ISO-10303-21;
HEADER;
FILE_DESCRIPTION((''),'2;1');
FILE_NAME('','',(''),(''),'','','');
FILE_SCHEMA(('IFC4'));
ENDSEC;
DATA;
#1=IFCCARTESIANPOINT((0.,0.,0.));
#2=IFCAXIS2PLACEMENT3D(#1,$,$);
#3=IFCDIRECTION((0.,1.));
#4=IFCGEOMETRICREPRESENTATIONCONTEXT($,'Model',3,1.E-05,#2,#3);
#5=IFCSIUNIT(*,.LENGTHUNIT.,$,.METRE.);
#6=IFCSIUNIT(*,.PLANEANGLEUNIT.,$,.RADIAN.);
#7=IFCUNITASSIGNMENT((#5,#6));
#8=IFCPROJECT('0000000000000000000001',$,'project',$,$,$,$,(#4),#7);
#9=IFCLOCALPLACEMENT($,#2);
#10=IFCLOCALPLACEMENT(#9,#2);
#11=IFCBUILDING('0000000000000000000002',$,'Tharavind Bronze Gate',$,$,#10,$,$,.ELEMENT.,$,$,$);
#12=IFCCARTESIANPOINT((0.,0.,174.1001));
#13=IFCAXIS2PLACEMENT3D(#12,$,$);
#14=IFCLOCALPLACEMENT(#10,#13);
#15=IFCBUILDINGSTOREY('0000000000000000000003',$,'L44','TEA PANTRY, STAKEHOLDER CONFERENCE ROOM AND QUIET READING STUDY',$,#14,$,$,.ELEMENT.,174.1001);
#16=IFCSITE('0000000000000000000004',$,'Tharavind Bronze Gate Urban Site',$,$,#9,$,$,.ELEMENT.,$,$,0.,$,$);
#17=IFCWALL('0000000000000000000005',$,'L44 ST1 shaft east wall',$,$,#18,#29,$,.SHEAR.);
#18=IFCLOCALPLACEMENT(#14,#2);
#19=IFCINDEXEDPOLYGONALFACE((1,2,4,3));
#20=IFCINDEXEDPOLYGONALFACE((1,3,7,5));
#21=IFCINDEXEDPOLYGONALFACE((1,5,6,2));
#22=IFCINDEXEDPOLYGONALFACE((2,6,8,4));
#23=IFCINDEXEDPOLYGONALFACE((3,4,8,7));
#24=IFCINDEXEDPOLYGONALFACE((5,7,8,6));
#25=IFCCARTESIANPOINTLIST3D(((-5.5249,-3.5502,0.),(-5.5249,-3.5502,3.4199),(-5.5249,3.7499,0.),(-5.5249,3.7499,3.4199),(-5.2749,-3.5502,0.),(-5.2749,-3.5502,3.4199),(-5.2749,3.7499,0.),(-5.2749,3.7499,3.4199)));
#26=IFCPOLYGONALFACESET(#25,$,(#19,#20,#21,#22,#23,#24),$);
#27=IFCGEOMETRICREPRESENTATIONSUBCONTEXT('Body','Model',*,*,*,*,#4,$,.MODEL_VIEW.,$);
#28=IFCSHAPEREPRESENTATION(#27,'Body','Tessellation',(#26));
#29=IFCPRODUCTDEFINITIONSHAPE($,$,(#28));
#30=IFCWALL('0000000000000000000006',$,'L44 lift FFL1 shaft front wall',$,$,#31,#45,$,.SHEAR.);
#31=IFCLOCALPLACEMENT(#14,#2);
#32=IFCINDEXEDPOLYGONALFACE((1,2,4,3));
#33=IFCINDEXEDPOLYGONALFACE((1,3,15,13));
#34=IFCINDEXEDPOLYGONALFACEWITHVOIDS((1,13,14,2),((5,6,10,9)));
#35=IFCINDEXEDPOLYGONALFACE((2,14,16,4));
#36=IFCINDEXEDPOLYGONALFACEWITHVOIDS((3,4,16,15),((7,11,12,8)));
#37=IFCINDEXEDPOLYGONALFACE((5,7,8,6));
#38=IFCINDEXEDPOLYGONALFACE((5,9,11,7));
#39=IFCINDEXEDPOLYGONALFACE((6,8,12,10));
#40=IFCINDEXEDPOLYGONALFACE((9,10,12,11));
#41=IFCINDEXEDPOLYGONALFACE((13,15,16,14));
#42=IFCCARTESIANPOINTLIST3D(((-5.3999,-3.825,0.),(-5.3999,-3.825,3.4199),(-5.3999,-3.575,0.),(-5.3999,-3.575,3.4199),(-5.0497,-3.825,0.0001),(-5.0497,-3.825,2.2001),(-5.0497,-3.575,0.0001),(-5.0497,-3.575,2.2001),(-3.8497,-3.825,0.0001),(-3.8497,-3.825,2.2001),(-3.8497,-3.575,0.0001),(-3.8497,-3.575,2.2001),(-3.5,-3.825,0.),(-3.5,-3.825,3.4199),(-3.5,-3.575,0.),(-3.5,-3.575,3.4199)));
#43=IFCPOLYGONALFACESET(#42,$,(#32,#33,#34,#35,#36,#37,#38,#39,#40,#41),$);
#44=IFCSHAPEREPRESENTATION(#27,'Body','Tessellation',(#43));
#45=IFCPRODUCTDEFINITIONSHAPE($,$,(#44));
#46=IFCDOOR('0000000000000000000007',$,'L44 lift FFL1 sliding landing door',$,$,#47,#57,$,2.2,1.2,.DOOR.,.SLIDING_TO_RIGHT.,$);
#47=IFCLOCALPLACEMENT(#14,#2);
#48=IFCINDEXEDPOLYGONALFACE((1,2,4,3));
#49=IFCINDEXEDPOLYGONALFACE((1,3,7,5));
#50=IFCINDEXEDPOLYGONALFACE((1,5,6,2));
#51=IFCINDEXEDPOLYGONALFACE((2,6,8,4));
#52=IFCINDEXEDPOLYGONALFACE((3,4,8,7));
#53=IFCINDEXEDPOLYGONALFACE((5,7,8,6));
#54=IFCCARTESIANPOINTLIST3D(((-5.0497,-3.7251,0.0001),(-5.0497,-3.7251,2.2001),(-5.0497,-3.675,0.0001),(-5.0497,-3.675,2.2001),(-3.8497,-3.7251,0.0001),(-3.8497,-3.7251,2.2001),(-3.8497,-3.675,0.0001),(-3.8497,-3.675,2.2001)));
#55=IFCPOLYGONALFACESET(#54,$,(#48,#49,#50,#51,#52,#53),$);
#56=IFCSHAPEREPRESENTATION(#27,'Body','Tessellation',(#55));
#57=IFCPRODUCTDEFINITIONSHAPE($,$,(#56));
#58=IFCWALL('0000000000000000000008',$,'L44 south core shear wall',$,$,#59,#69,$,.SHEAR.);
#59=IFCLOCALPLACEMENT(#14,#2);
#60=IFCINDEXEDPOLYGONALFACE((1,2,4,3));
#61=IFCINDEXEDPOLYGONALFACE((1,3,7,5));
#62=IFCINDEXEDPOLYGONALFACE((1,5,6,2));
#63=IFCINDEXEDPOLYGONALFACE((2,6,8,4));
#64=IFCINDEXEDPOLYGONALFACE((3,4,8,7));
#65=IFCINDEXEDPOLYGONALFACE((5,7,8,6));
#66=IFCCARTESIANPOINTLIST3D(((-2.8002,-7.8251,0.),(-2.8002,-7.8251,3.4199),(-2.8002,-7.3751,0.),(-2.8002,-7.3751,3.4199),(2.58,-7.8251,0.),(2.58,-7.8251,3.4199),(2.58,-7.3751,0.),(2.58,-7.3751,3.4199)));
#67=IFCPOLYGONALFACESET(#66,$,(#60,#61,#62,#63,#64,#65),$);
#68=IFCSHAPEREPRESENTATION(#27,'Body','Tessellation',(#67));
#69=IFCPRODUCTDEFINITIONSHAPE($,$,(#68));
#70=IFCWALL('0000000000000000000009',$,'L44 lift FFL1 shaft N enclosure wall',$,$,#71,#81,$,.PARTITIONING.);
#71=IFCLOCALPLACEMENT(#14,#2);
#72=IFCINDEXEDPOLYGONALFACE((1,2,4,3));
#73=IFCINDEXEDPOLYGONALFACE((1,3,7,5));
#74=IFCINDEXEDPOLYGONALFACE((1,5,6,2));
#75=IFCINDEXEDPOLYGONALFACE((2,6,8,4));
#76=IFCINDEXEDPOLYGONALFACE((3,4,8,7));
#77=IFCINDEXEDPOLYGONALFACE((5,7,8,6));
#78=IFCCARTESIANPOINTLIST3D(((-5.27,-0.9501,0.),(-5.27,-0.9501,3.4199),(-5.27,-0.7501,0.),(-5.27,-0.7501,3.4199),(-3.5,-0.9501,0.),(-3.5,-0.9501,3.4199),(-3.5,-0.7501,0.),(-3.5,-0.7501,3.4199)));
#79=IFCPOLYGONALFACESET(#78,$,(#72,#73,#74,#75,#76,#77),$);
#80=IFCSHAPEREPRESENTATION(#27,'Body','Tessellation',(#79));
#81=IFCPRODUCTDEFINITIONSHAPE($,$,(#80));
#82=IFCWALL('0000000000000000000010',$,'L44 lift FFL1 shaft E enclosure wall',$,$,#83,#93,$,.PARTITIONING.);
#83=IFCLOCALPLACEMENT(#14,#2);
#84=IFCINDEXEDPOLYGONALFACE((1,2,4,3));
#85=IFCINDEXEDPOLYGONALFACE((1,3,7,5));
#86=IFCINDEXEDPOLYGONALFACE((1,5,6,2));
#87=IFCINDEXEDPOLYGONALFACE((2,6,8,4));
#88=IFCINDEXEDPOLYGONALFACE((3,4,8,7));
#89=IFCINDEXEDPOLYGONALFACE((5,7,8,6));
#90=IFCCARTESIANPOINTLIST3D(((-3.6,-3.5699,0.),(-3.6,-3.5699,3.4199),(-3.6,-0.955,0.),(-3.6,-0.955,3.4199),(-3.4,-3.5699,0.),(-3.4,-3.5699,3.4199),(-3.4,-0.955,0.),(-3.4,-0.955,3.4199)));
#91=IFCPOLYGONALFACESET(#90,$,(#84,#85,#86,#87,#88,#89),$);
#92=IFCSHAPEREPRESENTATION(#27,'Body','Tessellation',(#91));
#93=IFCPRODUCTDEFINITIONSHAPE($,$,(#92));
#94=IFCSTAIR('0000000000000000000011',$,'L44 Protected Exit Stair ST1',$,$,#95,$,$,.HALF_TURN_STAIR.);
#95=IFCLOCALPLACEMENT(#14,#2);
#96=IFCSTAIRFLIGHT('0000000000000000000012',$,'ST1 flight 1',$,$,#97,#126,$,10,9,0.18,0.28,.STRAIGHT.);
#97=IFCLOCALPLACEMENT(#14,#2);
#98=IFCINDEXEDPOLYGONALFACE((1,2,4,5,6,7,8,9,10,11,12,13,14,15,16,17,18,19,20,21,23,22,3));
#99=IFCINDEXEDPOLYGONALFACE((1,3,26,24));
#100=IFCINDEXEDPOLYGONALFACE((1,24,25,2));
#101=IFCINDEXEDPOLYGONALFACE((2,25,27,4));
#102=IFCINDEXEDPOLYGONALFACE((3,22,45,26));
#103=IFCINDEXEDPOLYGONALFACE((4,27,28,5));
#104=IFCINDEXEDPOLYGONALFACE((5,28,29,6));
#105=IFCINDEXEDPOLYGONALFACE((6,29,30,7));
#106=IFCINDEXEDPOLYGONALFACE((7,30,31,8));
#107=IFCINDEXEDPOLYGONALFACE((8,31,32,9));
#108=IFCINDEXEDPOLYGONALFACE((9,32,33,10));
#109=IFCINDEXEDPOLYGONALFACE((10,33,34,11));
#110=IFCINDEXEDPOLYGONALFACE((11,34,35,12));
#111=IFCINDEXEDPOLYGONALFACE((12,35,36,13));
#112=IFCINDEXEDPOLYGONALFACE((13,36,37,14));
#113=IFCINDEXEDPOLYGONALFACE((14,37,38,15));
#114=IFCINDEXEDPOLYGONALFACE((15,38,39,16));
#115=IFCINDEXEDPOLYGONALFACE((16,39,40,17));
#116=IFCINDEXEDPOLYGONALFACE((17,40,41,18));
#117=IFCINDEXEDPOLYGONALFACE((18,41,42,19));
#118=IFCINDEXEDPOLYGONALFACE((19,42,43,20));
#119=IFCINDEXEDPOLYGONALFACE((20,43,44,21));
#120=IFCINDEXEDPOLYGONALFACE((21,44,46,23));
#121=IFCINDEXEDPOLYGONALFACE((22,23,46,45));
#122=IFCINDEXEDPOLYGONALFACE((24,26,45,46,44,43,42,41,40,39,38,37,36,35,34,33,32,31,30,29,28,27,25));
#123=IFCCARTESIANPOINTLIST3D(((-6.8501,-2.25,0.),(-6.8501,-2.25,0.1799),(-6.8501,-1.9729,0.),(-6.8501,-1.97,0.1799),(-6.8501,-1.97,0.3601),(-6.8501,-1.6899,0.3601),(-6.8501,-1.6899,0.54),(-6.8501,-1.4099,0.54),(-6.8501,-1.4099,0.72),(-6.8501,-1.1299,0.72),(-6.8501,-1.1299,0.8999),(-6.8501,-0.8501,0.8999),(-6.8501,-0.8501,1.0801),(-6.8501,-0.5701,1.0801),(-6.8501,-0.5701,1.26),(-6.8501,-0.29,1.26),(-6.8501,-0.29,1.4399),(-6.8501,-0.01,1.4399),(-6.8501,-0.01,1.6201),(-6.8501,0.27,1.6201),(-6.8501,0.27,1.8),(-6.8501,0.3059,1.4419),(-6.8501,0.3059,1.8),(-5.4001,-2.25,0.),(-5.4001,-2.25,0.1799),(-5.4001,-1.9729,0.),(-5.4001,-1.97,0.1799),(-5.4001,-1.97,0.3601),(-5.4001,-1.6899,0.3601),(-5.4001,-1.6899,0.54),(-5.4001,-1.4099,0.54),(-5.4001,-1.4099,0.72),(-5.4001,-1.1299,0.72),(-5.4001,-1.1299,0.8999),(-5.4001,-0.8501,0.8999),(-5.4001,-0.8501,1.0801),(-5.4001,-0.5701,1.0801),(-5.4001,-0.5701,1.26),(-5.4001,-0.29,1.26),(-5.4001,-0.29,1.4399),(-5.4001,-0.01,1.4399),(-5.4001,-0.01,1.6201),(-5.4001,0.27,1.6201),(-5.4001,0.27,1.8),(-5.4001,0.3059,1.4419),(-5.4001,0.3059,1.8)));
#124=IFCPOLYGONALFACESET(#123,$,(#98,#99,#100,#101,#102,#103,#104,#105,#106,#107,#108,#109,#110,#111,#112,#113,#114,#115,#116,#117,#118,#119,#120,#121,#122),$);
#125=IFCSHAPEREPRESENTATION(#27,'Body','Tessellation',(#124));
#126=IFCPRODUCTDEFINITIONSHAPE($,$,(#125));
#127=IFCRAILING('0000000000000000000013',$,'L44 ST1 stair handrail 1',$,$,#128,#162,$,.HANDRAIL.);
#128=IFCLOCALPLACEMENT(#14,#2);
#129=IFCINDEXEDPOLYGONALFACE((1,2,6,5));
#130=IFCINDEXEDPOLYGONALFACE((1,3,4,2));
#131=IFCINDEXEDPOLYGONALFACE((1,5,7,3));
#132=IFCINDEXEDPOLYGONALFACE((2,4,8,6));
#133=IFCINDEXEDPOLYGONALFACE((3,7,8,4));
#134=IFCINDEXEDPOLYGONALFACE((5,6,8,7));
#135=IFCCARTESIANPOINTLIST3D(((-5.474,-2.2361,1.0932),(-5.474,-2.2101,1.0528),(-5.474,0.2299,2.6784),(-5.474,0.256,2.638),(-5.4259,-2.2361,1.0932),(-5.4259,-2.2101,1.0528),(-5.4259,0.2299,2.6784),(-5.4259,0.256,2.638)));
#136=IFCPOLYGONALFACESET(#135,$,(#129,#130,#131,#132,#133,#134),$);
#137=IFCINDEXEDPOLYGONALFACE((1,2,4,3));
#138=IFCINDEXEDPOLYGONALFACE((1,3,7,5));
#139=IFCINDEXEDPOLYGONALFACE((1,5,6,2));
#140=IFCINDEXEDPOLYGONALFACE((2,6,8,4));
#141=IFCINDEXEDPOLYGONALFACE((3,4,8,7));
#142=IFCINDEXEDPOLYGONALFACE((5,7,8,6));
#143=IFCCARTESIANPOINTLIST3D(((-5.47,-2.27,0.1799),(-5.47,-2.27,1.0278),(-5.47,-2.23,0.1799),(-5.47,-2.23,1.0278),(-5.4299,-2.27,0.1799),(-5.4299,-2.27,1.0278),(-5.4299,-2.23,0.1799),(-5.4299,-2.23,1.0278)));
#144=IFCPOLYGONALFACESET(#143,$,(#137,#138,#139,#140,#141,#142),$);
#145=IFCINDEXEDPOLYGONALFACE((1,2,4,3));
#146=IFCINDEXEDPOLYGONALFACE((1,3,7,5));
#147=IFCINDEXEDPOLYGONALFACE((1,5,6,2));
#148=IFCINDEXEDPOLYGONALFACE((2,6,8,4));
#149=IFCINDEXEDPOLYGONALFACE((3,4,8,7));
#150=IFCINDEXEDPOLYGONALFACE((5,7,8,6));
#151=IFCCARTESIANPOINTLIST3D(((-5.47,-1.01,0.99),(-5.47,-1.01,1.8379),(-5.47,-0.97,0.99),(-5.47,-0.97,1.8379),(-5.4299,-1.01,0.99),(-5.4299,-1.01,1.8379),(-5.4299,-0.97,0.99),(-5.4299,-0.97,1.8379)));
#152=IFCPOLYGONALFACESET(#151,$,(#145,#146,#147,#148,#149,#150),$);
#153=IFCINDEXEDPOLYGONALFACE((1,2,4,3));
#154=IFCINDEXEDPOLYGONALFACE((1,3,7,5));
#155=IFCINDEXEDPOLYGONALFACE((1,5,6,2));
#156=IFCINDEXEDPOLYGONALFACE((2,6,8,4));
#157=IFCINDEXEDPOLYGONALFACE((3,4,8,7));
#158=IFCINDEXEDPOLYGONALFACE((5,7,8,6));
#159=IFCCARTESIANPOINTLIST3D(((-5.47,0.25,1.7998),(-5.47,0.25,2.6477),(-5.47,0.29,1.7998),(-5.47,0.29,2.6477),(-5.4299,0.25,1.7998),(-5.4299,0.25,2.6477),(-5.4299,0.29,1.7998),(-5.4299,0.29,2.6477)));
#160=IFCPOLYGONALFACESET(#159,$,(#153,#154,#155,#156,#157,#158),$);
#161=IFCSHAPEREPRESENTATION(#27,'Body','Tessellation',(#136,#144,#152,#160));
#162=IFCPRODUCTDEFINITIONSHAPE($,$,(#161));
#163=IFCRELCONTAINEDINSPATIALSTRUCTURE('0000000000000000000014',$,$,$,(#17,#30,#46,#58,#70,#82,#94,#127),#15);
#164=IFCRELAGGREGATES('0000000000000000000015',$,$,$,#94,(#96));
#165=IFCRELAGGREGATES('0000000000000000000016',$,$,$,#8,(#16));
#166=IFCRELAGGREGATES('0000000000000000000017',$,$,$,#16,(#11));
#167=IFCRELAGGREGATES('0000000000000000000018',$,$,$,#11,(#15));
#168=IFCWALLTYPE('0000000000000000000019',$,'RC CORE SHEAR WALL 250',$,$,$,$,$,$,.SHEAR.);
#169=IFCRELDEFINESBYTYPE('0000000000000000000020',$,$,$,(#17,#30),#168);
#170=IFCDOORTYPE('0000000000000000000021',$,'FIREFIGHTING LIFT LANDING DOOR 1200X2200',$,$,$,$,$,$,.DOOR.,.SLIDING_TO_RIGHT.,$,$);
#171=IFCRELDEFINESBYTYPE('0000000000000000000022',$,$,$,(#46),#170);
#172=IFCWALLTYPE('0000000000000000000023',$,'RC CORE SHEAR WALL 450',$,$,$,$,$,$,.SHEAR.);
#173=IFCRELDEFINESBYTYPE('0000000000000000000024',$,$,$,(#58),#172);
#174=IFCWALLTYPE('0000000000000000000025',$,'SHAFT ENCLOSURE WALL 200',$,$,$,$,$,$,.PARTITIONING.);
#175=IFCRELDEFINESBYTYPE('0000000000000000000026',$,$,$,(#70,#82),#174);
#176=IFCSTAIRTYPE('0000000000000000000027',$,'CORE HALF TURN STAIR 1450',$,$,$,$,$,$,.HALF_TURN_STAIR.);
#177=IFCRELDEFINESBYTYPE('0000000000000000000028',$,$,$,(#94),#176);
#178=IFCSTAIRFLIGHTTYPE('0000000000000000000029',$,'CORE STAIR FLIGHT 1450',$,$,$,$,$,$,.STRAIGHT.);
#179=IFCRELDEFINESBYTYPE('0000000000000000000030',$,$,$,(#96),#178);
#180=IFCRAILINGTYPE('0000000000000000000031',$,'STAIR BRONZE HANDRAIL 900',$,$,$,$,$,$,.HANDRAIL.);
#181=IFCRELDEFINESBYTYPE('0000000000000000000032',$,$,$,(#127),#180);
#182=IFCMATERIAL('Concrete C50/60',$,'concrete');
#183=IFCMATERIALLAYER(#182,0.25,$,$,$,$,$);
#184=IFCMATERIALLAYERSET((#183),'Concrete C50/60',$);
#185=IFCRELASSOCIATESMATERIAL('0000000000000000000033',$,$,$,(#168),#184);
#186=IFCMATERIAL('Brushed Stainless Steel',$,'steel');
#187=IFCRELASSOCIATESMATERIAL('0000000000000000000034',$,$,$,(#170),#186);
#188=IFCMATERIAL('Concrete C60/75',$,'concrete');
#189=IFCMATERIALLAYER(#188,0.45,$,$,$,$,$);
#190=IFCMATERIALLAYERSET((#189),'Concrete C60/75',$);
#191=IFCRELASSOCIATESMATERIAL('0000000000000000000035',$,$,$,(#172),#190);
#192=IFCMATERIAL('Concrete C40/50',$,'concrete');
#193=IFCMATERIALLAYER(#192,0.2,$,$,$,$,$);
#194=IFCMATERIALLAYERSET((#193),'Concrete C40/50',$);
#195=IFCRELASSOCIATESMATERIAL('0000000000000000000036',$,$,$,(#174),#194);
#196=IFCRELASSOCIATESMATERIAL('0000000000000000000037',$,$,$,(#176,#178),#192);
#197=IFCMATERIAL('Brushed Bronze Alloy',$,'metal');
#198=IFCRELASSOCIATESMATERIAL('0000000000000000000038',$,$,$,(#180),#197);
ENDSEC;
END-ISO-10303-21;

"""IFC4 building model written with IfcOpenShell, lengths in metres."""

from ifc_helpers import new_model, si_unit, direction, frame, frame_2d, origin, origin_2d, place, context, subcontext, project, spatial, polyline, rectangle, outline, extrude, material, layer, layer_set, type_object, element, fill, aggregate, save


model = new_model("IFC4")

# Units and contexts
model_context = context("Model", 3, precision=1e-05, world=origin(), true_north=direction((0.0, 1.0)))
body_context = subcontext(model_context, "Body", "Model", "MODEL_VIEW")
ifc_project = project(units=[si_unit("LENGTHUNIT", "METRE"), si_unit("PLANEANGLEUNIT", "RADIAN")], contexts=[model_context])

# Site, building, storey
site_placement = place(None, origin())
site = spatial("IfcSite", under=ifc_project, at=site_placement, Name="Tharavind Bronze Gate Urban Site", CompositionType="ELEMENT", RefElevation=0.0)
building_placement = place(site_placement, origin())
building = spatial("IfcBuilding", under=site, at=building_placement, Name="Tharavind Bronze Gate", CompositionType="ELEMENT")
storey_placement = place(building_placement, frame((0.0, 0.0, 174.1001)))
storey = spatial("IfcBuildingStorey", under=building, at=storey_placement, Name="L44", Description="TEA PANTRY, STAKEHOLDER CONFERENCE ROOM AND QUIET READING STUDY", CompositionType="ELEMENT", Elevation=174.1001)

# Shared definitions
ifc_material_1 = material(Name="Concrete C60/75", Category="concrete")

# Wall
ifc_material_2 = material(Name="Concrete C50/60", Category="concrete")
ifc_layer_1 = layer(ifc_material_2, 0.25)
ifc_layer_set_1 = layer_set([ifc_layer_1], Name="Concrete C50/60")
wall_type_1 = type_object("IfcWallType", Name="RC CORE SHEAR WALL 250", PredefinedType="SHEAR", material=ifc_layer_set_1)
wall_1_placement = place(storey_placement, frame((-5.3999, -3.55, 0.0), z_axis=(0.0, 0.0, 1.0), x_axis=(0.0, 1.0, 0.0)))
element("IfcWall", 1, at=wall_1_placement, inside=storey, type_object=wall_type_1, Name="L44 ST1 shaft east wall", PredefinedType="SHEAR", context=body_context, shape_type="SweptSolid", body=[
    extrude(rectangle(XDim=7.3, YDim=0.25, at=frame_2d((3.6499, 0.0))), origin(), (0.0, 0.0, 1.0), 3.4199),
])

# Wall, opening, door
wall_2_placement = place(storey_placement, frame((-5.3999, -3.7, 0.0), z_axis=(0.0, 0.0, 1.0), x_axis=(1.0, 0.0, 0.0)))
wall_2 = element("IfcWall", 2, at=wall_2_placement, inside=storey, type_object=wall_type_1, Name="L44 lift FFL1 shaft front wall", PredefinedType="SHEAR", context=body_context, shape_type="SweptSolid", body=[
    extrude(rectangle(XDim=1.8999, YDim=0.25, at=frame_2d((0.95, 0.0))), origin(), (0.0, 0.0, 1.0), 3.4199),
])
opening_1_placement = place(wall_2_placement, frame((0.3501, 0.0, 0.0)))
opening_1 = element("IfcOpeningElement", 3, at=opening_1_placement, cuts=wall_2, PredefinedType="OPENING", context=body_context, shape_type="SweptSolid", body=[
    extrude(rectangle(XDim=1.2, YDim=2.2, at=frame_2d((0.6001, 1.1001))), frame((0.0, 0.135, 0.0), z_axis=(0.0, -1.0, 0.0), x_axis=(1.0, 0.0, 0.0)), (0.0, 0.0, 1.0), 0.27),
])
ifc_material_3 = material(Name="Brushed Stainless Steel", Category="steel")
door_type_1 = type_object("IfcDoorType", Name="FIREFIGHTING LIFT LANDING DOOR 1200X2200", OperationType="SLIDING_TO_RIGHT", PredefinedType="DOOR", material=ifc_material_3)
door_1_placement = place(opening_1_placement, origin())
door_1 = element("IfcDoor", 4, at=door_1_placement, inside=storey, type_object=door_type_1, Name="L44 lift FFL1 sliding landing door", OperationType="SLIDING_TO_RIGHT", OverallHeight=2.2, OverallWidth=1.2, PredefinedType="DOOR", context=body_context, shape_type="SweptSolid", body=[
    extrude(rectangle(XDim=1.2, YDim=2.2, at=frame_2d((0.6001, 1.1001))), frame((0.0, 0.0249, 0.0), z_axis=(0.0, -1.0, 0.0), x_axis=(1.0, 0.0, 0.0)), (0.0, 0.0, 1.0), 0.05),
])
fill(opening_1, door_1)

# Walls
ifc_layer_2 = layer(ifc_material_1, 0.45)
ifc_layer_set_2 = layer_set([ifc_layer_2], Name="Concrete C60/75")
wall_type_2 = type_object("IfcWallType", Name="RC CORE SHEAR WALL 450", PredefinedType="SHEAR", material=ifc_layer_set_2)
wall_3_placement = place(storey_placement, frame((-2.8, -7.6001, 0.0), z_axis=(0.0, 0.0, 1.0), x_axis=(1.0, 0.0, 0.0)))
element("IfcWall", 5, at=wall_3_placement, inside=storey, type_object=wall_type_2, Name="L44 south core shear wall", PredefinedType="SHEAR", context=body_context, shape_type="SweptSolid", body=[
    extrude(rectangle(XDim=5.3801, YDim=0.45, at=frame_2d((2.6899, 0.0))), origin(), (0.0, 0.0, 1.0), 3.4199),
])
ifc_material_4 = material(Name="Concrete C40/50", Category="concrete")
ifc_layer_3 = layer(ifc_material_4, 0.2)
ifc_layer_set_3 = layer_set([ifc_layer_3], Name="Concrete C40/50")
wall_type_3 = type_object("IfcWallType", Name="SHAFT ENCLOSURE WALL 200", PredefinedType="PARTITIONING", material=ifc_layer_set_3)
wall_4_placement = place(storey_placement, frame((-5.27, -0.8501, 0.0), z_axis=(0.0, 0.0, 1.0), x_axis=(1.0, 0.0, 0.0)))
element("IfcWall", 6, at=wall_4_placement, inside=storey, type_object=wall_type_3, Name="L44 lift FFL1 shaft N enclosure wall", PredefinedType="PARTITIONING", context=body_context, shape_type="SweptSolid", body=[
    extrude(rectangle(XDim=1.77, YDim=0.2, at=frame_2d((0.885, 0.0))), origin(), (0.0, 0.0, 1.0), 3.4199),
])
wall_5_placement = place(storey_placement, frame((-3.5, -3.5701, 0.0), z_axis=(0.0, 0.0, 1.0), x_axis=(0.0, 1.0, 0.0)))
element("IfcWall", 7, at=wall_5_placement, inside=storey, type_object=wall_type_3, Name="L44 lift FFL1 shaft E enclosure wall", PredefinedType="PARTITIONING", context=body_context, shape_type="SweptSolid", body=[
    extrude(rectangle(XDim=2.615, YDim=0.2, at=frame_2d((1.3076, 0.0))), origin(), (0.0, 0.0, 1.0), 3.4199),
])

# Stair, stair flight
stair_type = type_object("IfcStairType", Name="CORE HALF TURN STAIR 1450", PredefinedType="HALF_TURN_STAIR", material=ifc_material_4)
stair_placement = place(storey_placement, origin())
stair = element("IfcStair", 8, at=stair_placement, inside=storey, type_object=stair_type, Name="L44 Protected Exit Stair ST1", PredefinedType="HALF_TURN_STAIR")
stair_flight_type = type_object("IfcStairFlightType", Name="CORE STAIR FLIGHT 1450", PredefinedType="STRAIGHT", material=ifc_material_4)
stair_flight_placement = place(storey_placement, frame((-6.125, -2.25, 0.0), z_axis=(0.0, 0.0, 1.0), x_axis=(0.0, 1.0, 0.0)))
stair_flight = element("IfcStairFlight", 9, at=stair_flight_placement, type_object=stair_flight_type, Name="ST1 flight 1", NumberOfRisers=10, NumberOfTreads=9, PredefinedType="STRAIGHT", RiserHeight=0.18, TreadLength=0.28, context=body_context, shape_type="SweptSolid", body=[
    extrude(outline(polyline([(0.0, 0.0), (0.0, 0.1799), (0.28, 0.1799), (0.28, 0.3601), (0.5601, 0.3601), (0.5601, 0.54), (0.8401, 0.54), (0.8401, 0.72), (1.1201, 0.72), (1.1201, 0.8999), (1.3999, 0.8999), (1.3999, 1.0801), (1.6799, 1.0801), (1.6799, 1.26), (1.96, 1.26), (1.96, 1.4399), (2.24, 1.4399), (2.24, 1.6201), (2.52, 1.6201), (2.52, 1.8), (2.5559, 1.8), (2.5559, 1.4419), (0.2771, 0.0), (0.0, 0.0)])), frame((0.0, 0.7251, 0.0), z_axis=(0.0, -1.0, 0.0), x_axis=(1.0, 0.0, 0.0)), (0.0, 0.0, 1.0), 1.45),
])
aggregate(stair, [stair_flight])

# Railing
ifc_material_5 = material(Name="Brushed Bronze Alloy", Category="metal")
railing_type_1 = type_object("IfcRailingType", Name="STAIR BRONZE HANDRAIL 900", PredefinedType="HANDRAIL", material=ifc_material_5)
railing_1_placement = place(storey_placement, frame((-5.45, -2.25, 0.1799)))
element("IfcRailing", 10, at=railing_1_placement, inside=storey, type_object=railing_type_1, Name="L44 ST1 stair handrail 1", PredefinedType="HANDRAIL", context=body_context, shape_type="SweptSolid", body=[
    extrude(rectangle(XDim=0.0481, YDim=0.0481, at=origin_2d()), frame((0.0, 0.0269, 0.8931), z_axis=(0.0, 0.8412, 0.540725), x_axis=(-1.0, 0.0, 0.0)), (0.0, 0.0, 1.0), 2.9316),
    extrude(rectangle(XDim=0.04, YDim=0.04, at=origin_2d()), origin(), (0.0, 0.0, 1.0), 0.8479),
    extrude(rectangle(XDim=0.04, YDim=0.04, at=origin_2d()), frame((0.0, 1.26, 0.8101)), (0.0, 0.0, 1.0), 0.8479),
    extrude(rectangle(XDim=0.04, YDim=0.04, at=origin_2d()), frame((0.0, 2.52, 1.6199)), (0.0, 0.0, 1.0), 0.8479),
])

save(model, "model.ifc")
